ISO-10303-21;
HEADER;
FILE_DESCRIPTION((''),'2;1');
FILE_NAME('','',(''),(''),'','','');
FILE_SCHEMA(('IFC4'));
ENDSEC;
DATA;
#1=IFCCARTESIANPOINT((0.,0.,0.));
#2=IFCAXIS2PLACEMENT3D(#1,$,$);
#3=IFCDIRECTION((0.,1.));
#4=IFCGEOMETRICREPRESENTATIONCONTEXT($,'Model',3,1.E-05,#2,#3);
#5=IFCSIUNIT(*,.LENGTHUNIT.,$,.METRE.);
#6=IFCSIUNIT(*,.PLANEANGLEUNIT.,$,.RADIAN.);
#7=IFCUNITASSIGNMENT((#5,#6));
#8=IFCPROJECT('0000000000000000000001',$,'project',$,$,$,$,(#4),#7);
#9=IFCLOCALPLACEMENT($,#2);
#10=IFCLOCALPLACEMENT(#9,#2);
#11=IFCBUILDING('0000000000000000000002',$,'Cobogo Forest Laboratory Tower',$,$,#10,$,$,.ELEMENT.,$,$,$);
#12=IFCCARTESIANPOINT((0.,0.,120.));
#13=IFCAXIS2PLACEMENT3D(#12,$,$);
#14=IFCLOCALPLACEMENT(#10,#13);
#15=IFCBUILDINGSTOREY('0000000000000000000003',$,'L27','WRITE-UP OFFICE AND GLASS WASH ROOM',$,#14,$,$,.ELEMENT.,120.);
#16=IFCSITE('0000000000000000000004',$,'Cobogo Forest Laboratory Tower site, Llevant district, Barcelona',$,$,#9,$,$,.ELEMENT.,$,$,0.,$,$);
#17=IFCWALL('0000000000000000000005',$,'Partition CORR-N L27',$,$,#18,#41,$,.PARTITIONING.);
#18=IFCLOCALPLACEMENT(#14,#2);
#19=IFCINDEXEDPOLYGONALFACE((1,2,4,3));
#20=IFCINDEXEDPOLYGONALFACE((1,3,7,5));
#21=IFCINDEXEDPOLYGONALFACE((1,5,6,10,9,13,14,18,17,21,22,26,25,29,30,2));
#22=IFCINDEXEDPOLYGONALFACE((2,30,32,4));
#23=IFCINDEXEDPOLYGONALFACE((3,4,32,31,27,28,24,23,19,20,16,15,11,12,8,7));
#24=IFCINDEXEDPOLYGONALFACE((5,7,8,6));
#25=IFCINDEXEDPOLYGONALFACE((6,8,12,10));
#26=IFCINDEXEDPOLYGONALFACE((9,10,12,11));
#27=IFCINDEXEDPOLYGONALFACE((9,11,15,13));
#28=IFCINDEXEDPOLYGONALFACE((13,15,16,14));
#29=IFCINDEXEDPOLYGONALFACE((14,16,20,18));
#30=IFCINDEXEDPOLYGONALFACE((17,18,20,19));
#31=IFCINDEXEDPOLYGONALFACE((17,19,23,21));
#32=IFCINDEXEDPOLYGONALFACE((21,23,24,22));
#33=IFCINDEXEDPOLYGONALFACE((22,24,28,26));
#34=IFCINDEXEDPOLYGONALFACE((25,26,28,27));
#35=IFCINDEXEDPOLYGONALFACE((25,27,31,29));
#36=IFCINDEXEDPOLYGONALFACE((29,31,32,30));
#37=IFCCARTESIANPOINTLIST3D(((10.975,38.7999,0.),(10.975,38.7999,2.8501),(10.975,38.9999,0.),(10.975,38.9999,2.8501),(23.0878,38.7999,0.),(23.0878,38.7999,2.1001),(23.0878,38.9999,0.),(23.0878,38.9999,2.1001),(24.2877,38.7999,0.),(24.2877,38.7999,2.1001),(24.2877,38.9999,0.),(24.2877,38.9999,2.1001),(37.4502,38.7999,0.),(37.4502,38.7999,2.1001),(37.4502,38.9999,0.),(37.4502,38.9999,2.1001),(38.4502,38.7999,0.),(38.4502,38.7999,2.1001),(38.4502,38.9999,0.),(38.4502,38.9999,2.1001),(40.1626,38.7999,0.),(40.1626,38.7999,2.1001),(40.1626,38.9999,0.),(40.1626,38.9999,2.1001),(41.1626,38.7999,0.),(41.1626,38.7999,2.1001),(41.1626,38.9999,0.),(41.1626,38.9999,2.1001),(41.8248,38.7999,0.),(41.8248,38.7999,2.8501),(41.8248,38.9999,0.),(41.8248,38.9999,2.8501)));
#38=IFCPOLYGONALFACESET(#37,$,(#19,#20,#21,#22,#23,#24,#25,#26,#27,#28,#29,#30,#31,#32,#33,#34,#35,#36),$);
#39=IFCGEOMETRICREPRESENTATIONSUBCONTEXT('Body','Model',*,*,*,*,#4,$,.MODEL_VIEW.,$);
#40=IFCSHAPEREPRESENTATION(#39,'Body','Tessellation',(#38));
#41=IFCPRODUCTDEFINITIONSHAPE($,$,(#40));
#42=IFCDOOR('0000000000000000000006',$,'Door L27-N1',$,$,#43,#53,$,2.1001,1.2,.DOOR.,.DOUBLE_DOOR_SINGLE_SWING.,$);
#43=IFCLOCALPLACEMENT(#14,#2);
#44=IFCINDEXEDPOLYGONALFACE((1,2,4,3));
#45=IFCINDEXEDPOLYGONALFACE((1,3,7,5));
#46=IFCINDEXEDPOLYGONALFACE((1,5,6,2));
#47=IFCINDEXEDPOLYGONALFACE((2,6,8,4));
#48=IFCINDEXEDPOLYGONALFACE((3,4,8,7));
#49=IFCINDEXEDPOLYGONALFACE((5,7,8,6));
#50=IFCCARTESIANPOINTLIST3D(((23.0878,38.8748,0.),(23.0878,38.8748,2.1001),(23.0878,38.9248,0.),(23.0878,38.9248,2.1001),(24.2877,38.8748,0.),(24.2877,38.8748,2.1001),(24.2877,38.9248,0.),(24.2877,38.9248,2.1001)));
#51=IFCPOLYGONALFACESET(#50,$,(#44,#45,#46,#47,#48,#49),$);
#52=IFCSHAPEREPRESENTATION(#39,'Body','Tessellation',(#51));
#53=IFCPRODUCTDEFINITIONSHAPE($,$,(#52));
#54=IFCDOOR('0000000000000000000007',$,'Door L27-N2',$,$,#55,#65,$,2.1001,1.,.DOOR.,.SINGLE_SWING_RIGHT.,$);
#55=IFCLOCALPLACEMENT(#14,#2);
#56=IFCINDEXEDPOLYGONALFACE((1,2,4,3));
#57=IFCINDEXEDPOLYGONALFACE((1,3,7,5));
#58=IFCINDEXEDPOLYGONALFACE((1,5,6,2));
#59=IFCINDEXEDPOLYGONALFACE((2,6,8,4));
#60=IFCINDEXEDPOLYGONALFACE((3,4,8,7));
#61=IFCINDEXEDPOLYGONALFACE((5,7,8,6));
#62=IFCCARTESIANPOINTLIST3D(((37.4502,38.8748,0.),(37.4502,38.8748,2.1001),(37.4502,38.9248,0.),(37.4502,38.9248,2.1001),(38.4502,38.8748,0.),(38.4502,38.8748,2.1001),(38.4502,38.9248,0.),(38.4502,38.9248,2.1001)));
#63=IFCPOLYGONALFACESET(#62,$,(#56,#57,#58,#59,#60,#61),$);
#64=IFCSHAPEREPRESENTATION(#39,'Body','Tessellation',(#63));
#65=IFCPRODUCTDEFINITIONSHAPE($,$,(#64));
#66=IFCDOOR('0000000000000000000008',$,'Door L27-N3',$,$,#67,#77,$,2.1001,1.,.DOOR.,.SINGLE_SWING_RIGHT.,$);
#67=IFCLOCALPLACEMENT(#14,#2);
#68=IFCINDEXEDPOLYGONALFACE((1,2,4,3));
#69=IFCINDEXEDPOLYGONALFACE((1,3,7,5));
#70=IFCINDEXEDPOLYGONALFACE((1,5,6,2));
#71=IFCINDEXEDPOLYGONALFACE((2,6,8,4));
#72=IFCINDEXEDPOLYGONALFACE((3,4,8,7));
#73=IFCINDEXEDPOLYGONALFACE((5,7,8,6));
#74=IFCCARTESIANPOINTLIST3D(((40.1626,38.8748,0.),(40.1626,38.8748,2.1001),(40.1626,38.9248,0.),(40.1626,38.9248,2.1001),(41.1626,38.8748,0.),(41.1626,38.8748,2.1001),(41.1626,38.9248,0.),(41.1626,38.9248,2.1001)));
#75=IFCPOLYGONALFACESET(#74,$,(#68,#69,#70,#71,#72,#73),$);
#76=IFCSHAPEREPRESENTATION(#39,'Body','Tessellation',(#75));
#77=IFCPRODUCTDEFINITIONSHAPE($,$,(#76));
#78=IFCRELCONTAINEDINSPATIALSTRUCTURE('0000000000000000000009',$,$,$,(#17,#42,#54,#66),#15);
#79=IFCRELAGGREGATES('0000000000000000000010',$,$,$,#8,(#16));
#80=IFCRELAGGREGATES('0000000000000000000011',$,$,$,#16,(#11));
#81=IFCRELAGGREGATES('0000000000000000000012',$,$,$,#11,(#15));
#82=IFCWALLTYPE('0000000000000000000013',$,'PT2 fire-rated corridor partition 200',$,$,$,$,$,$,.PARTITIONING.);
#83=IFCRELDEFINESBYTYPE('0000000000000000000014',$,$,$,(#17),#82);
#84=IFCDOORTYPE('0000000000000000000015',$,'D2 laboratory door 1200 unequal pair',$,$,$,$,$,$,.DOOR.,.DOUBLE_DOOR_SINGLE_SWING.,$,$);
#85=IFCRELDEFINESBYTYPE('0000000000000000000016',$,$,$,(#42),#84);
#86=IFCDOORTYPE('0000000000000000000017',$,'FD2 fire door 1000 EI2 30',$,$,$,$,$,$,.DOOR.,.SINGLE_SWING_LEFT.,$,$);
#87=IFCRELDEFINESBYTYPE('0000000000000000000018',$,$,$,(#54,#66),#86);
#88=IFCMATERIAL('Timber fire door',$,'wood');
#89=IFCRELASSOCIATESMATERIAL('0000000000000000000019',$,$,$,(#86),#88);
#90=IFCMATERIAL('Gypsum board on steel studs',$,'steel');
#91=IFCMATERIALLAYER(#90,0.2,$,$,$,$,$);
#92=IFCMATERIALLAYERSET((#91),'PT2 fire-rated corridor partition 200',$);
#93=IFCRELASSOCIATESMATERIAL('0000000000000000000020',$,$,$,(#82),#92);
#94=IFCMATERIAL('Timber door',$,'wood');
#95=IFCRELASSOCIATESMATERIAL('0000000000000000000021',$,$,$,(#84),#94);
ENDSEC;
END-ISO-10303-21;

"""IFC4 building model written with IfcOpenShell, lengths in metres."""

from ifc_helpers import new_model, si_unit, direction, frame, frame_2d, origin, place, context, subcontext, project, spatial, rectangle, extrude, material, layer, layer_set, type_object, element, fill, save


model = new_model("IFC4")

# Units and contexts
model_context = context("Model", 3, precision=1e-05, world=origin(), true_north=direction((0.0, 1.0)))
body_context = subcontext(model_context, "Body", "Model", "MODEL_VIEW")
ifc_project = project(units=[si_unit("LENGTHUNIT", "METRE"), si_unit("PLANEANGLEUNIT", "RADIAN")], contexts=[model_context])

# Site, building, storey
site_placement = place(None, origin())
site = spatial("IfcSite", under=ifc_project, at=site_placement, Name="Cobogo Forest Laboratory Tower site, Llevant district, Barcelona", CompositionType="ELEMENT", RefElevation=0.0)
building_placement = place(site_placement, origin())
building = spatial("IfcBuilding", under=site, at=building_placement, Name="Cobogo Forest Laboratory Tower", CompositionType="ELEMENT")
storey_placement = place(building_placement, frame((0.0, 0.0, 120.0)))
storey = spatial("IfcBuildingStorey", under=building, at=storey_placement, Name="L27", Description="WRITE-UP OFFICE AND GLASS WASH ROOM", CompositionType="ELEMENT", Elevation=120.0)

# Shared definitions
ifc_material_1 = material(Name="Gypsum board on steel studs", Category="steel")
ifc_material_2 = material(Name="Timber fire door", Category="wood")
door_type_1 = type_object("IfcDoorType", Name="FD2 fire door 1000 EI2 30", OperationType="SINGLE_SWING_LEFT", PredefinedType="DOOR", material=ifc_material_2)

# Wall, openings, doors
ifc_layer_1 = layer(ifc_material_1, 0.2)
ifc_layer_set_1 = layer_set([ifc_layer_1], Name="PT2 fire-rated corridor partition 200")
wall_type_1 = type_object("IfcWallType", Name="PT2 fire-rated corridor partition 200", PredefinedType="PARTITIONING", material=ifc_layer_set_1)
wall_1_placement = place(storey_placement, frame((10.9751, 38.8999, 0.0), z_axis=(0.0, 0.0, 1.0), x_axis=(1.0, 0.0, 0.0)))
wall_1 = element("IfcWall", 1, at=wall_1_placement, inside=storey, type_object=wall_type_1, Name="Partition CORR-N L27", PredefinedType="PARTITIONING", context=body_context, shape_type="SweptSolid", body=[
    extrude(rectangle(XDim=30.8499, YDim=0.2, at=frame_2d((15.4248, 0.0))), origin(), (0.0, 0.0, 1.0), 2.8501),
])
opening_1_placement = place(wall_1_placement, frame((12.1125, 0.0, 0.0)))
opening_1 = element("IfcOpeningElement", 2, at=opening_1_placement, cuts=wall_1, PredefinedType="OPENING", context=body_context, shape_type="SweptSolid", body=[
    extrude(rectangle(XDim=1.2, YDim=2.1001, at=frame_2d((0.6001, 1.05))), frame((0.0, 0.1099, 0.0), z_axis=(0.0, -1.0, 0.0), x_axis=(1.0, 0.0, 0.0)), (0.0, 0.0, 1.0), 0.22),
])
opening_2_placement = place(wall_1_placement, frame((26.4751, 0.0, 0.0)))
opening_2 = element("IfcOpeningElement", 3, at=opening_2_placement, cuts=wall_1, PredefinedType="OPENING", context=body_context, shape_type="SweptSolid", body=[
    extrude(rectangle(XDim=1.0, YDim=2.1001, at=frame_2d((0.5, 1.05))), frame((0.0, 0.1099, 0.0), z_axis=(0.0, -1.0, 0.0), x_axis=(1.0, 0.0, 0.0)), (0.0, 0.0, 1.0), 0.22),
])
opening_3_placement = place(wall_1_placement, frame((29.1875, 0.0, 0.0)))
opening_3 = element("IfcOpeningElement", 4, at=opening_3_placement, cuts=wall_1, PredefinedType="OPENING", context=body_context, shape_type="SweptSolid", body=[
    extrude(rectangle(XDim=1.0, YDim=2.1001, at=frame_2d((0.5, 1.05))), frame((0.0, 0.1099, 0.0), z_axis=(0.0, -1.0, 0.0), x_axis=(1.0, 0.0, 0.0)), (0.0, 0.0, 1.0), 0.22),
])
ifc_material_3 = material(Name="Timber door", Category="wood")
door_type_2 = type_object("IfcDoorType", Name="D2 laboratory door 1200 unequal pair", OperationType="DOUBLE_DOOR_SINGLE_SWING", PredefinedType="DOOR", material=ifc_material_3)
door_1_placement = place(opening_1_placement, origin())
door_1 = element("IfcDoor", 5, at=door_1_placement, inside=storey, type_object=door_type_2, Name="Door L27-N1", OperationType="DOUBLE_DOOR_SINGLE_SWING", OverallHeight=2.1001, OverallWidth=1.2, PredefinedType="DOOR", context=body_context, shape_type="SweptSolid", body=[
    extrude(rectangle(XDim=1.2, YDim=2.1001, at=frame_2d((0.6001, 1.05))), frame((0.0, 0.0249, 0.0), z_axis=(0.0, -1.0, 0.0), x_axis=(1.0, 0.0, 0.0)), (0.0, 0.0, 1.0), 0.05),
])
fill(opening_1, door_1)
door_2_placement = place(opening_2_placement, origin())
door_2 = element("IfcDoor", 6, at=door_2_placement, inside=storey, type_object=door_type_1, Name="Door L27-N2", OperationType="SINGLE_SWING_RIGHT", OverallHeight=2.1001, OverallWidth=1.0, PredefinedType="DOOR", context=body_context, shape_type="SweptSolid", body=[
    extrude(rectangle(XDim=1.0, YDim=2.1001, at=frame_2d((0.5, 1.05))), frame((0.0, 0.0249, 0.0), z_axis=(0.0, -1.0, 0.0), x_axis=(1.0, 0.0, 0.0)), (0.0, 0.0, 1.0), 0.05),
])
fill(opening_2, door_2)
door_3_placement = place(opening_3_placement, origin())
door_3 = element("IfcDoor", 7, at=door_3_placement, inside=storey, type_object=door_type_1, Name="Door L27-N3", OperationType="SINGLE_SWING_RIGHT", OverallHeight=2.1001, OverallWidth=1.0, PredefinedType="DOOR", context=body_context, shape_type="SweptSolid", body=[
    extrude(rectangle(XDim=1.0, YDim=2.1001, at=frame_2d((0.5, 1.05))), frame((0.0, 0.0249, 0.0), z_axis=(0.0, -1.0, 0.0), x_axis=(1.0, 0.0, 0.0)), (0.0, 0.0, 1.0), 0.05),
])
fill(opening_3, door_3)

save(model, "model.ifc")
